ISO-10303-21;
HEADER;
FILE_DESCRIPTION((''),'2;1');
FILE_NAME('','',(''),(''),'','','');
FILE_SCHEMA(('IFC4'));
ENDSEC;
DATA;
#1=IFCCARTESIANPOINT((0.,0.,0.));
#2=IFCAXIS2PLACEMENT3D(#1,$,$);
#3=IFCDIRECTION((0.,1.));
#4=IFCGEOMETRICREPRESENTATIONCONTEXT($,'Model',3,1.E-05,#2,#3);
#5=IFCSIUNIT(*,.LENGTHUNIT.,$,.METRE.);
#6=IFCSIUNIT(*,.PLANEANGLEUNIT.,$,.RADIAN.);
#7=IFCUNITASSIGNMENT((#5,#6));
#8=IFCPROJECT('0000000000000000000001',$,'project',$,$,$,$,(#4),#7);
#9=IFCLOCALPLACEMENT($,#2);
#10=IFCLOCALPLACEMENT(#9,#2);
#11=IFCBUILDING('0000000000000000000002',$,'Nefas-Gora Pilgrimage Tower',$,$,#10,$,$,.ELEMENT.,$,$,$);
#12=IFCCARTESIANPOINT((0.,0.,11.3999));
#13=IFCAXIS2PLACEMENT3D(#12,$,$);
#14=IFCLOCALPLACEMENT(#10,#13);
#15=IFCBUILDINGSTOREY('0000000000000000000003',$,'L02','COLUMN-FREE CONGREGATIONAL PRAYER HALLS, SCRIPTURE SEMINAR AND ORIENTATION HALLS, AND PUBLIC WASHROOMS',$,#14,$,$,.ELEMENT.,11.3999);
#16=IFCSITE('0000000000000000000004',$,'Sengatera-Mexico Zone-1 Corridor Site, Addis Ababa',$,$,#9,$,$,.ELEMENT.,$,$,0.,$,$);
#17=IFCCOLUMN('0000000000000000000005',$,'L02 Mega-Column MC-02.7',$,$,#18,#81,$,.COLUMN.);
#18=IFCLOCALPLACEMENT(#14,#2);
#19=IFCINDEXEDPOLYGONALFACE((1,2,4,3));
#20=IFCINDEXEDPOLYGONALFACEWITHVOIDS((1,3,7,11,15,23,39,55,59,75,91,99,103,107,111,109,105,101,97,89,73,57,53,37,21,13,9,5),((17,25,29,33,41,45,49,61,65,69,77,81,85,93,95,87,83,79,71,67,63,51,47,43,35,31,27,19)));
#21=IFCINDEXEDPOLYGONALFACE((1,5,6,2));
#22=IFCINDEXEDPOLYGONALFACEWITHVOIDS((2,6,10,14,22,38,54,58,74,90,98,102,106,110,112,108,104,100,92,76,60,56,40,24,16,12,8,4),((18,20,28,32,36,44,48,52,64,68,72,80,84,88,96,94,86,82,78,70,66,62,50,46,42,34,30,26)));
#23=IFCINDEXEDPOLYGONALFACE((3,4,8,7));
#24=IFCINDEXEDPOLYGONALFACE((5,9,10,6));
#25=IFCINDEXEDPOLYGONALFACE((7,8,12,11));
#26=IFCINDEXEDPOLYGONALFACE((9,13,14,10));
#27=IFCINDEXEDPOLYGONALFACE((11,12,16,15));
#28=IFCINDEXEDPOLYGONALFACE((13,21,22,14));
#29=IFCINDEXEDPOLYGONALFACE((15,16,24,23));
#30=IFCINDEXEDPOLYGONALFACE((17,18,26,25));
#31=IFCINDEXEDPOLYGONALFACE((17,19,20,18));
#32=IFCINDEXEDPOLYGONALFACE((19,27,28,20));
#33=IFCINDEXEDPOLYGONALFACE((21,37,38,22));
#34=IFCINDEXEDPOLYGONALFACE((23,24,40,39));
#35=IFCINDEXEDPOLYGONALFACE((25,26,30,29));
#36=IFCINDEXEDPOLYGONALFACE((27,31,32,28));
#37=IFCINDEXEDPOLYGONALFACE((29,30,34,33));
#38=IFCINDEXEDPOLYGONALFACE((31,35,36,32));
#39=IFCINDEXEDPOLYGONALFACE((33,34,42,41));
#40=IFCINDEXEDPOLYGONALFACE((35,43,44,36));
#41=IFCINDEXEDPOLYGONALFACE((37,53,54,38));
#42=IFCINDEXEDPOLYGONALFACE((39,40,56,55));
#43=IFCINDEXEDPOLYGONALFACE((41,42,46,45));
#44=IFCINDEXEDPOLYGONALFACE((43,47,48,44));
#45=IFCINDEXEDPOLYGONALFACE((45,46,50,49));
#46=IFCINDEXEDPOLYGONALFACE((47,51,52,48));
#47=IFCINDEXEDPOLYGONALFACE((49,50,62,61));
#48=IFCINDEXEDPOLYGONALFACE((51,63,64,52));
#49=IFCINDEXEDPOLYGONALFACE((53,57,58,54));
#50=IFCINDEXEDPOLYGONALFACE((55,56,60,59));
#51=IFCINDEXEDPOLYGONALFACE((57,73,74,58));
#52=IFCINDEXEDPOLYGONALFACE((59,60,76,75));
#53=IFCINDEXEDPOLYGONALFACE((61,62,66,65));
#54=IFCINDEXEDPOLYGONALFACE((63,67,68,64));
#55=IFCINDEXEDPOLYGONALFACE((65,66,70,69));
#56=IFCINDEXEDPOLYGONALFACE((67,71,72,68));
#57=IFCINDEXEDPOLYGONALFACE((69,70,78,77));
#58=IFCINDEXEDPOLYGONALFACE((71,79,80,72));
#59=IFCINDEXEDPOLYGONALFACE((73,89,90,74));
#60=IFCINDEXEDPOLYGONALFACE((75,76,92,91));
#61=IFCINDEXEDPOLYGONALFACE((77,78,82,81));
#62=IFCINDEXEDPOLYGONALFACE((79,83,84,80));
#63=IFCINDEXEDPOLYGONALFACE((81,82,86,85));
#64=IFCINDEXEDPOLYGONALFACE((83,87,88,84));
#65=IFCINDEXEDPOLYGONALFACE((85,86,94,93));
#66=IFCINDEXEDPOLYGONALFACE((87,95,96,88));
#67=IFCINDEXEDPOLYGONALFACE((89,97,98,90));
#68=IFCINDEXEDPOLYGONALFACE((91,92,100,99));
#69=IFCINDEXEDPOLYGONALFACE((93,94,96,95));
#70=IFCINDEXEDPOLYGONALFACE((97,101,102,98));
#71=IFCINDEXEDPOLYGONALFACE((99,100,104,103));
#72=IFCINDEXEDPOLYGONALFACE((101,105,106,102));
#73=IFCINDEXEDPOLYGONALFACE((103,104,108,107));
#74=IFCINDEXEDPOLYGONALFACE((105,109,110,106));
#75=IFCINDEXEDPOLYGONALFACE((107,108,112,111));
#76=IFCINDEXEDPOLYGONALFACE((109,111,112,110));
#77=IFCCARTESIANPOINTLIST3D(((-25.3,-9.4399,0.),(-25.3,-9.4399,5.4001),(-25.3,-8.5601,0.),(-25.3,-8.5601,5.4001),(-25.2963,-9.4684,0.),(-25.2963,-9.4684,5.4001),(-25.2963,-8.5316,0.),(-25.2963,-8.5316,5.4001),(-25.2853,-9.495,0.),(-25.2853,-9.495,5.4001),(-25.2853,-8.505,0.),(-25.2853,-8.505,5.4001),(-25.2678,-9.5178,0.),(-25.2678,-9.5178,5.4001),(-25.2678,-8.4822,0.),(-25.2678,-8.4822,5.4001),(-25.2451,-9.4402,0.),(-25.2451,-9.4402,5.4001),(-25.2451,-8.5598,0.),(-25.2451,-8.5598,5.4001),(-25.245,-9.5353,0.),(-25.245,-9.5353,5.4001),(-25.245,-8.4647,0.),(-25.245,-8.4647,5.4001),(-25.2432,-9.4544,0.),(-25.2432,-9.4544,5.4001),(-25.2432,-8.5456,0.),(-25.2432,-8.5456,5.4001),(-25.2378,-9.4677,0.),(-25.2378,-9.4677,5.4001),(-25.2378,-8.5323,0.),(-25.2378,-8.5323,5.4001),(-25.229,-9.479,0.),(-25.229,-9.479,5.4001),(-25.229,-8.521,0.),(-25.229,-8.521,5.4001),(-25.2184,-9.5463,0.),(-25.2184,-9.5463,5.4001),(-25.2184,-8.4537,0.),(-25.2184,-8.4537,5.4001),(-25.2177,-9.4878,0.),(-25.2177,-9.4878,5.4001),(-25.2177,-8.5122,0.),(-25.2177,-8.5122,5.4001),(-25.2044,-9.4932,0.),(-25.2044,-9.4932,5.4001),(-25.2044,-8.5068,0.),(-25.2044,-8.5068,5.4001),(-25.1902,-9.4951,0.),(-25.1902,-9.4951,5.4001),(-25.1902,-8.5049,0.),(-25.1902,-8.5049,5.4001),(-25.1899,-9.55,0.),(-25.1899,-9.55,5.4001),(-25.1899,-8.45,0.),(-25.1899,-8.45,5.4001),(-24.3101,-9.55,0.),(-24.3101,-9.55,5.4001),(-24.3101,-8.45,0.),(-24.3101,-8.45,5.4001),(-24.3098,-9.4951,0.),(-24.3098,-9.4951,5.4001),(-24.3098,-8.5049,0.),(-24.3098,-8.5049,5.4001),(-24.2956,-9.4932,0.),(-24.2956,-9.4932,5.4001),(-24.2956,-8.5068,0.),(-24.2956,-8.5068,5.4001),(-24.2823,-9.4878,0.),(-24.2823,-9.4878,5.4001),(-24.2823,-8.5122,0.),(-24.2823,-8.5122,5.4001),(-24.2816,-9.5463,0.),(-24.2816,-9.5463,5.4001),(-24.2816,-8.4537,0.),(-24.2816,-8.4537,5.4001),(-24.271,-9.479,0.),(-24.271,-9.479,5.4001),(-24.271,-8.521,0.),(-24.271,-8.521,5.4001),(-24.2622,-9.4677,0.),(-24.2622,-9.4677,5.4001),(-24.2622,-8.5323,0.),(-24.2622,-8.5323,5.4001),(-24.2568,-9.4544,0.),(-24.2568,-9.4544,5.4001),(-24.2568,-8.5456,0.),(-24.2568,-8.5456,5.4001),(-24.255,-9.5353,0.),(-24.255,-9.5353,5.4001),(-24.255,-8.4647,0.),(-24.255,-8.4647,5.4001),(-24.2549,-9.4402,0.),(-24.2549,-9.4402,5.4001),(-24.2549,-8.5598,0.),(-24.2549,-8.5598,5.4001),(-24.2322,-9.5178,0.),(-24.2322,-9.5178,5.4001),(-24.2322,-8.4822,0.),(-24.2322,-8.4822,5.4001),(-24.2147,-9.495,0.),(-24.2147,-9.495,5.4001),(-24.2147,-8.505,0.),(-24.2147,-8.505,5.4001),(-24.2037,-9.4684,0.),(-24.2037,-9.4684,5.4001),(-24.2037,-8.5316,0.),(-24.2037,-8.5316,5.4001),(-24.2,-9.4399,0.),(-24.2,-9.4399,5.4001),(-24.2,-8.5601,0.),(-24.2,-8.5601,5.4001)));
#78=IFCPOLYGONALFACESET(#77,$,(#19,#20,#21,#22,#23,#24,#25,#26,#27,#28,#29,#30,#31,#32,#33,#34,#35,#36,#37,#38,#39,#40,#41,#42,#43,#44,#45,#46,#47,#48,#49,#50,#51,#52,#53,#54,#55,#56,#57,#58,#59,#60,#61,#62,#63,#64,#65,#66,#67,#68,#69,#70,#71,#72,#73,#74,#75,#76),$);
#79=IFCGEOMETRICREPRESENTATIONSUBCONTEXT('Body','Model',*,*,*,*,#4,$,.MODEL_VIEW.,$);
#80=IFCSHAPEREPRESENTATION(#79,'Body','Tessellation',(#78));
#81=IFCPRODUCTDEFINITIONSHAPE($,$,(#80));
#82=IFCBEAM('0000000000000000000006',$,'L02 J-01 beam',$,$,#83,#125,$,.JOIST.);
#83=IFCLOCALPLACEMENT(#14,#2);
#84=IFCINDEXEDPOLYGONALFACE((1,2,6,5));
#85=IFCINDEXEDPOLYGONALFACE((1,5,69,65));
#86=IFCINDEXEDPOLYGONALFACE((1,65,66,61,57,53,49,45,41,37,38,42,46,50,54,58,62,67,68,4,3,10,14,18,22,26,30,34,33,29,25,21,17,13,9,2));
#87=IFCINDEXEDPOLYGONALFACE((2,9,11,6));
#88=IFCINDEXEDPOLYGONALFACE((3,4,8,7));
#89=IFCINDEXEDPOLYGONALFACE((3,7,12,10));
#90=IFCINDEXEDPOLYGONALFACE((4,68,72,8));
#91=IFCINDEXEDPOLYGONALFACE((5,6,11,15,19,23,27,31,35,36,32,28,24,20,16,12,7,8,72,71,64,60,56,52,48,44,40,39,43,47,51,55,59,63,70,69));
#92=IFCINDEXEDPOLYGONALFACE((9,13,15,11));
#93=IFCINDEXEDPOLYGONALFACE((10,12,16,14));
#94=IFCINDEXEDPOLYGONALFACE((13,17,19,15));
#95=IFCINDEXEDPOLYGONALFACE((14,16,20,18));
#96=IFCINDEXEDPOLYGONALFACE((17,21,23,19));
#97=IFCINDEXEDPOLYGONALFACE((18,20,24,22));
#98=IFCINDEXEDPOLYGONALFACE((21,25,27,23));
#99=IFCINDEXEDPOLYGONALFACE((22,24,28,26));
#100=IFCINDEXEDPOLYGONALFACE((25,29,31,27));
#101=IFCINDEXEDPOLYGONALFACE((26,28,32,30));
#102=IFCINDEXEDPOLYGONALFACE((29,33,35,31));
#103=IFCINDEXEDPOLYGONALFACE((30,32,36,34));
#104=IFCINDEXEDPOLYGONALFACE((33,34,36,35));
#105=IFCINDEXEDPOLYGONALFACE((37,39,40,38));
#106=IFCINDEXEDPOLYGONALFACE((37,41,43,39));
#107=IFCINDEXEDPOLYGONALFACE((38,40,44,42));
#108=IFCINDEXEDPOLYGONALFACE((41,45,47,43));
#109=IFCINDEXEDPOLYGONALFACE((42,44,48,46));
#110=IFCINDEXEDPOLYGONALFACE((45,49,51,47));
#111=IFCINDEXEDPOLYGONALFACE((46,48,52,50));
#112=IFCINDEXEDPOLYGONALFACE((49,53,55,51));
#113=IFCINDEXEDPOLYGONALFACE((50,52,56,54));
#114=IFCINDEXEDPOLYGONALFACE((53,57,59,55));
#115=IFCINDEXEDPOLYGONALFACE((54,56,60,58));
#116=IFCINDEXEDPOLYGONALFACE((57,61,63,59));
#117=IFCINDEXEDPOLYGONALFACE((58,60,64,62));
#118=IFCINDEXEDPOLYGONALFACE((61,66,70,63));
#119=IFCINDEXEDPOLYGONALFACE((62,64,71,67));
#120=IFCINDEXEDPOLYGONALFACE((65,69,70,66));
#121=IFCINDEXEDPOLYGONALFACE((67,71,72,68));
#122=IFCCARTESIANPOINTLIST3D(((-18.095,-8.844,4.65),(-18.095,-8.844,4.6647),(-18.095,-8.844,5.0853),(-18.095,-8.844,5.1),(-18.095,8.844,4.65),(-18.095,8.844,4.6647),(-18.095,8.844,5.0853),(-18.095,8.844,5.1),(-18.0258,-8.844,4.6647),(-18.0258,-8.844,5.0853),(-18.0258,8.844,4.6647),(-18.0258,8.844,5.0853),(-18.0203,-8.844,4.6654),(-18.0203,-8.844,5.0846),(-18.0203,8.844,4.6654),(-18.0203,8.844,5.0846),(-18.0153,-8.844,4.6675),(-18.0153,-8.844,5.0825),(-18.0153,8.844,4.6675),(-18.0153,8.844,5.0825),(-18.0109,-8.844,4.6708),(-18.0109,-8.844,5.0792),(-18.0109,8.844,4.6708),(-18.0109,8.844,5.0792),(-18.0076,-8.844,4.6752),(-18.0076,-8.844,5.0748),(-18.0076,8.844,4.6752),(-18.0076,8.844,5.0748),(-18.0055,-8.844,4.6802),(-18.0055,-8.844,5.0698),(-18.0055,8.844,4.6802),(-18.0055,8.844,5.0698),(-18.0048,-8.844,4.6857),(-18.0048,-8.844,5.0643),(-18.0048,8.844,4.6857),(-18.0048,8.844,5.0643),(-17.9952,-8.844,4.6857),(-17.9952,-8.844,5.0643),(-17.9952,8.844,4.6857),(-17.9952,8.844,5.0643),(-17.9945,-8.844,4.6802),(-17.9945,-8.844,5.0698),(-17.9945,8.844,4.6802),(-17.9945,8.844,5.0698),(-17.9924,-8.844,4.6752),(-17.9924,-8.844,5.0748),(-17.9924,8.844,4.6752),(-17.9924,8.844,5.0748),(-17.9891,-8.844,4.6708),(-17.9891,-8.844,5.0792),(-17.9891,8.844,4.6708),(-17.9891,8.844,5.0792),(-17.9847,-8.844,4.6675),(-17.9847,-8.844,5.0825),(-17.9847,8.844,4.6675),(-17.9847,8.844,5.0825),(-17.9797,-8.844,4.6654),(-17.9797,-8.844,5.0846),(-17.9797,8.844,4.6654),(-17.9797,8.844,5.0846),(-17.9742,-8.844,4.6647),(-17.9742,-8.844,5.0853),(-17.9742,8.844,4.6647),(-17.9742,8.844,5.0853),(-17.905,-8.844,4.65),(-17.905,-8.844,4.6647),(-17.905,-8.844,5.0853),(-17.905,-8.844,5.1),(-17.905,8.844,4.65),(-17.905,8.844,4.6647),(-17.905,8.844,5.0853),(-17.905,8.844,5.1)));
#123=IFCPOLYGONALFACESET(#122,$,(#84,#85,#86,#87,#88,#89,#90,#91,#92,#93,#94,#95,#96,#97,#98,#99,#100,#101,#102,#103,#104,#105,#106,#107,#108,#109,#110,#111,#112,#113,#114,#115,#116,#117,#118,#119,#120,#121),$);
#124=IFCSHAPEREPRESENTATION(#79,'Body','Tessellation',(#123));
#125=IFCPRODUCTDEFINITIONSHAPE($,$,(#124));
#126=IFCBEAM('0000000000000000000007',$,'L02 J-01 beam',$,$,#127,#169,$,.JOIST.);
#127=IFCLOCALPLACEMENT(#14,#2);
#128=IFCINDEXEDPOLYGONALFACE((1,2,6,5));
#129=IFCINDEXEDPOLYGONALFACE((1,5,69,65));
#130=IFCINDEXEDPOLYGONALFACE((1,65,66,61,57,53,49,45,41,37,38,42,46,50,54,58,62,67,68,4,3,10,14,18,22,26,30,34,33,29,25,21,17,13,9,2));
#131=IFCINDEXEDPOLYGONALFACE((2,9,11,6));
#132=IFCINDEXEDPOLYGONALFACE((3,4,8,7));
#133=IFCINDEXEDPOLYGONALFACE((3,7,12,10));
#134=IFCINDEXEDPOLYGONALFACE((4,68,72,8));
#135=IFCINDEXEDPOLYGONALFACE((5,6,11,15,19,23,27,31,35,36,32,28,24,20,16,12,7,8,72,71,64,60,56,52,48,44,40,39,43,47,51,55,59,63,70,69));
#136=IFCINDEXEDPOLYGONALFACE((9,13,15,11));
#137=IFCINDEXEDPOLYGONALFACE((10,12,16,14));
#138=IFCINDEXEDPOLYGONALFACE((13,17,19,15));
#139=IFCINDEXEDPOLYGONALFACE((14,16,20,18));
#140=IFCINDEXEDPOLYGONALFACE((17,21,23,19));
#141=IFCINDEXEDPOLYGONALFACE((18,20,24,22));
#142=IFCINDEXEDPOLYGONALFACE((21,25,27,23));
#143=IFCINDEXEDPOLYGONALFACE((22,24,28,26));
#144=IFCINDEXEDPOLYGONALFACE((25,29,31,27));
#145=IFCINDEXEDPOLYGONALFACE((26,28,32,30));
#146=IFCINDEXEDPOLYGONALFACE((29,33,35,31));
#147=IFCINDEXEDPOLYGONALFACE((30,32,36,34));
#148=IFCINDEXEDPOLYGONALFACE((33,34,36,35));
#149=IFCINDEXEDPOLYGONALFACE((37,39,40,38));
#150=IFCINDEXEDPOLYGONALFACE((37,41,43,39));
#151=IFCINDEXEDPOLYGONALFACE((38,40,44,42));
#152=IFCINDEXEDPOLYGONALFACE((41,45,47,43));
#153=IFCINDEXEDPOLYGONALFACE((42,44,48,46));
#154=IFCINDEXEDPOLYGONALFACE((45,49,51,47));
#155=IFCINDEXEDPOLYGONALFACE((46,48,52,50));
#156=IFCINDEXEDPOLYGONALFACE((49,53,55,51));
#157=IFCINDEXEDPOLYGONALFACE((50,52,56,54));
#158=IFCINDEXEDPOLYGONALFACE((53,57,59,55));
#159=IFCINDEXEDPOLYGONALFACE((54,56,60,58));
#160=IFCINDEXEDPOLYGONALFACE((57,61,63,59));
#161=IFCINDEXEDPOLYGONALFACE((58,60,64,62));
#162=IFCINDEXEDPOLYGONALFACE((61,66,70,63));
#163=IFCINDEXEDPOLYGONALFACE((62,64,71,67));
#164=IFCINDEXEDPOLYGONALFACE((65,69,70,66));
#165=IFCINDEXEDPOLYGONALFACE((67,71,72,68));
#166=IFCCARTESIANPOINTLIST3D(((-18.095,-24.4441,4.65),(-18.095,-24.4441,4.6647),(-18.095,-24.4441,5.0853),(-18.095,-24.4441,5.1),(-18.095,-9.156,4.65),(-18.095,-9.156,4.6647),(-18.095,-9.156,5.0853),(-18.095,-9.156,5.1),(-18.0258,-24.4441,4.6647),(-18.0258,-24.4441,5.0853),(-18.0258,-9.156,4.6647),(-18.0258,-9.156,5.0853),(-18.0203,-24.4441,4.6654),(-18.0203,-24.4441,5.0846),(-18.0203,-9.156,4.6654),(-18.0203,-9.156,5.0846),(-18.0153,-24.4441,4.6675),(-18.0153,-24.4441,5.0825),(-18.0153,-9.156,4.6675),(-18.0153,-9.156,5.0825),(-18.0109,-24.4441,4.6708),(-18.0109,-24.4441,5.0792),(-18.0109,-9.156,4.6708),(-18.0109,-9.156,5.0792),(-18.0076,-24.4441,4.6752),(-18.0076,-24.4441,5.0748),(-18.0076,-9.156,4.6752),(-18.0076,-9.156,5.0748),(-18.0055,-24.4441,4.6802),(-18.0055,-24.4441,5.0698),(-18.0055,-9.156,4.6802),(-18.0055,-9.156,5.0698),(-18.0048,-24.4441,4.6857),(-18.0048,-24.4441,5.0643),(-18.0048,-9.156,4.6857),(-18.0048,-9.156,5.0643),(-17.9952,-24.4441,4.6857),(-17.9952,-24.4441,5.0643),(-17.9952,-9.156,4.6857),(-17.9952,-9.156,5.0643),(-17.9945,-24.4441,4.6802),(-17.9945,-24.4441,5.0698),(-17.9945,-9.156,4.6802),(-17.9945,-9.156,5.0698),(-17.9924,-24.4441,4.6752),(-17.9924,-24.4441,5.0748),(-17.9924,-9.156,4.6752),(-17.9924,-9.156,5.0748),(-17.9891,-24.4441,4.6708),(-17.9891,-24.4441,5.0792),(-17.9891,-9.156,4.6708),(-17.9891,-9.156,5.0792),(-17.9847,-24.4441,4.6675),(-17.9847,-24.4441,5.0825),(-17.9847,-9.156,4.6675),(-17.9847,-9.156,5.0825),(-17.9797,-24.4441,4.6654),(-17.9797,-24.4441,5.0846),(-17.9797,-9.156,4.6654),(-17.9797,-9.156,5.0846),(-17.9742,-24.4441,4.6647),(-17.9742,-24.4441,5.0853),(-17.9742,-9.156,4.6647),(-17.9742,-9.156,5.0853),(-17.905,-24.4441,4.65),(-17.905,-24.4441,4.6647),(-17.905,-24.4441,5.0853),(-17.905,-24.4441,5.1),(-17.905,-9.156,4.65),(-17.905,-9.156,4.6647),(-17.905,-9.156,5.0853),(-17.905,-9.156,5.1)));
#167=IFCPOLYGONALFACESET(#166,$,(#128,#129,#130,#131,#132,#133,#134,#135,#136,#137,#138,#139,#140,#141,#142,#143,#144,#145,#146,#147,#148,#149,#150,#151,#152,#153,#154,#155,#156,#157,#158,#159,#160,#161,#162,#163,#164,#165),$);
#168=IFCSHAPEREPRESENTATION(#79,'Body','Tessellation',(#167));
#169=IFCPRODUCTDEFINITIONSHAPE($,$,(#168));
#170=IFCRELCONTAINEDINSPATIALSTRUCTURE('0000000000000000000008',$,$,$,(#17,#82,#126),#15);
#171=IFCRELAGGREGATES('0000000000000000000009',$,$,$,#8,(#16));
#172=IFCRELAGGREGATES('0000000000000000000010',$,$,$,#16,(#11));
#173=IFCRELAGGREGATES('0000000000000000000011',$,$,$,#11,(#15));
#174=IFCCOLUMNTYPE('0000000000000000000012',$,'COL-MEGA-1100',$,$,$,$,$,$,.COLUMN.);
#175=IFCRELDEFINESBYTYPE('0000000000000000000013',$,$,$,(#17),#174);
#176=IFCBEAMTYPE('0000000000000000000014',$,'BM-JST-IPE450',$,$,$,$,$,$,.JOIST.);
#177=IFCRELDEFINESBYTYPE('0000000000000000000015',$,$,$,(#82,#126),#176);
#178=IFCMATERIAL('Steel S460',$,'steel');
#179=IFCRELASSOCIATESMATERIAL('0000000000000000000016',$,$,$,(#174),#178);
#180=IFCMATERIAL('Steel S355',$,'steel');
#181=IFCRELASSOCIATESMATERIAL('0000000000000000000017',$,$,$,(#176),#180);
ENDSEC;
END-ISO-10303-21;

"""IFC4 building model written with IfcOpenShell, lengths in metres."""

from ifc_helpers import new_model, si_unit, direction, frame, origin, origin_2d, place, context, subcontext, project, spatial, hollow_rectangle, i_section, extrude, source, transform, mapped, material, material_profile, profile_set, type_object, element, save


model = new_model("IFC4")

# Units and contexts
model_context = context("Model", 3, precision=1e-05, world=origin(), true_north=direction((0.0, 1.0)))
body_context = subcontext(model_context, "Body", "Model", "MODEL_VIEW")
ifc_project = project(units=[si_unit("LENGTHUNIT", "METRE"), si_unit("PLANEANGLEUNIT", "RADIAN")], contexts=[model_context])

# Site, building, storey
site_placement = place(None, origin())
site = spatial("IfcSite", under=ifc_project, at=site_placement, Name="Sengatera-Mexico Zone-1 Corridor Site, Addis Ababa", CompositionType="ELEMENT", RefElevation=0.0)
building_placement = place(site_placement, origin())
building = spatial("IfcBuilding", under=site, at=building_placement, Name="Nefas-Gora Pilgrimage Tower", CompositionType="ELEMENT")
storey_placement = place(building_placement, frame((0.0, 0.0, 11.3999)))
storey = spatial("IfcBuildingStorey", under=building, at=storey_placement, Name="L02", Description="COLUMN-FREE CONGREGATIONAL PRAYER HALLS, SCRIPTURE SEMINAR AND ORIENTATION HALLS, AND PUBLIC WASHROOMS", CompositionType="ELEMENT", Elevation=11.3999)

# Column
ifc_material_1 = material(Name="Steel S460", Category="steel")
ifc_material_profile_1 = material_profile(ifc_material_1, hollow_rectangle(XDim=1.1001, YDim=1.1001, WallThickness=0.0549, InnerFilletRadius=0.0549, OuterFilletRadius=0.1101, at=origin_2d()), Name="BOX 1100x1100x55")
ifc_profile_set_1 = profile_set([ifc_material_profile_1], Name="Steel S460")
column_type_1 = type_object("IfcColumnType", Name="COL-MEGA-1100", PredefinedType="COLUMN", material=ifc_profile_set_1)
shared_shape_1 = source(origin(), body_context, "Body", "SweptSolid", [
    extrude(hollow_rectangle(XDim=1.1001, YDim=1.1001, WallThickness=0.0549, InnerFilletRadius=0.0549, OuterFilletRadius=0.1101, at=origin_2d()), origin(), (0.0, 0.0, 1.0), 5.4001),
])
column_placement = place(storey_placement, frame((-24.75, -9.0, 0.0), z_axis=(0.0, 0.0, 1.0), x_axis=(1.0, 0.0, 0.0)))
element("IfcColumn", 1, at=column_placement, inside=storey, type_object=column_type_1, Name="L02 Mega-Column MC-02.7", PredefinedType="COLUMN", context=body_context, shape_type="MappedRepresentation", body=[
    mapped(shared_shape_1, transform((0.0, 0.0, 0.0), x_axis=(1.0, 0.0, 0.0), y_axis=(0.0, 1.0, 0.0), z_axis=(0.0, 0.0, 1.0), scale=1.0)),
])

# Beams
ifc_material_2 = material(Name="Steel S355", Category="steel")
ifc_material_profile_2 = material_profile(ifc_material_2, i_section(OverallWidth=0.1899, OverallDepth=0.45, WebThickness=0.0095, FlangeThickness=0.0146, FilletRadius=0.021, at=origin_2d()), Name="IPE 450")
ifc_profile_set_2 = profile_set([ifc_material_profile_2], Name="Steel S355")
beam_type_1 = type_object("IfcBeamType", Name="BM-JST-IPE450", PredefinedType="JOIST", material=ifc_profile_set_2)
shared_shape_2 = source(origin(), body_context, "Body", "SweptSolid", [
    extrude(i_section(OverallWidth=0.1899, OverallDepth=0.45, WebThickness=0.0095, FlangeThickness=0.0146, FilletRadius=0.021, at=origin_2d()), origin(), (0.0, 0.0, 1.0), 17.688),
])
beam_1_placement = place(storey_placement, frame((-18.0, -8.844, 4.875), z_axis=(0.0, 1.0, 0.0), x_axis=(-1.0, 0.0, 0.0)))
element("IfcBeam", 2, at=beam_1_placement, inside=storey, type_object=beam_type_1, Name="L02 J-01 beam", PredefinedType="JOIST", context=body_context, shape_type="MappedRepresentation", body=[
    mapped(shared_shape_2, transform((0.0, 0.0, 0.0), x_axis=(1.0, 0.0, 0.0), y_axis=(0.0, 1.0, 0.0), z_axis=(0.0, 0.0, 1.0), scale=1.0)),
])
shared_shape_3 = source(origin(), body_context, "Body", "SweptSolid", [
    extrude(i_section(OverallWidth=0.1899, OverallDepth=0.45, WebThickness=0.0095, FlangeThickness=0.0146, FilletRadius=0.021, at=origin_2d()), origin(), (0.0, 0.0, 1.0), 15.2881),
])
beam_2_placement = place(storey_placement, frame((-18.0, -24.4441, 4.875), z_axis=(0.0, 1.0, 0.0), x_axis=(-1.0, 0.0, 0.0)))
element("IfcBeam", 3, at=beam_2_placement, inside=storey, type_object=beam_type_1, Name="L02 J-01 beam", PredefinedType="JOIST", context=body_context, shape_type="MappedRepresentation", body=[
    mapped(shared_shape_3, transform((0.0, 0.0, 0.0), x_axis=(1.0, 0.0, 0.0), y_axis=(0.0, 1.0, 0.0), z_axis=(0.0, 0.0, 1.0), scale=1.0)),
])

save(model, "model.ifc")
